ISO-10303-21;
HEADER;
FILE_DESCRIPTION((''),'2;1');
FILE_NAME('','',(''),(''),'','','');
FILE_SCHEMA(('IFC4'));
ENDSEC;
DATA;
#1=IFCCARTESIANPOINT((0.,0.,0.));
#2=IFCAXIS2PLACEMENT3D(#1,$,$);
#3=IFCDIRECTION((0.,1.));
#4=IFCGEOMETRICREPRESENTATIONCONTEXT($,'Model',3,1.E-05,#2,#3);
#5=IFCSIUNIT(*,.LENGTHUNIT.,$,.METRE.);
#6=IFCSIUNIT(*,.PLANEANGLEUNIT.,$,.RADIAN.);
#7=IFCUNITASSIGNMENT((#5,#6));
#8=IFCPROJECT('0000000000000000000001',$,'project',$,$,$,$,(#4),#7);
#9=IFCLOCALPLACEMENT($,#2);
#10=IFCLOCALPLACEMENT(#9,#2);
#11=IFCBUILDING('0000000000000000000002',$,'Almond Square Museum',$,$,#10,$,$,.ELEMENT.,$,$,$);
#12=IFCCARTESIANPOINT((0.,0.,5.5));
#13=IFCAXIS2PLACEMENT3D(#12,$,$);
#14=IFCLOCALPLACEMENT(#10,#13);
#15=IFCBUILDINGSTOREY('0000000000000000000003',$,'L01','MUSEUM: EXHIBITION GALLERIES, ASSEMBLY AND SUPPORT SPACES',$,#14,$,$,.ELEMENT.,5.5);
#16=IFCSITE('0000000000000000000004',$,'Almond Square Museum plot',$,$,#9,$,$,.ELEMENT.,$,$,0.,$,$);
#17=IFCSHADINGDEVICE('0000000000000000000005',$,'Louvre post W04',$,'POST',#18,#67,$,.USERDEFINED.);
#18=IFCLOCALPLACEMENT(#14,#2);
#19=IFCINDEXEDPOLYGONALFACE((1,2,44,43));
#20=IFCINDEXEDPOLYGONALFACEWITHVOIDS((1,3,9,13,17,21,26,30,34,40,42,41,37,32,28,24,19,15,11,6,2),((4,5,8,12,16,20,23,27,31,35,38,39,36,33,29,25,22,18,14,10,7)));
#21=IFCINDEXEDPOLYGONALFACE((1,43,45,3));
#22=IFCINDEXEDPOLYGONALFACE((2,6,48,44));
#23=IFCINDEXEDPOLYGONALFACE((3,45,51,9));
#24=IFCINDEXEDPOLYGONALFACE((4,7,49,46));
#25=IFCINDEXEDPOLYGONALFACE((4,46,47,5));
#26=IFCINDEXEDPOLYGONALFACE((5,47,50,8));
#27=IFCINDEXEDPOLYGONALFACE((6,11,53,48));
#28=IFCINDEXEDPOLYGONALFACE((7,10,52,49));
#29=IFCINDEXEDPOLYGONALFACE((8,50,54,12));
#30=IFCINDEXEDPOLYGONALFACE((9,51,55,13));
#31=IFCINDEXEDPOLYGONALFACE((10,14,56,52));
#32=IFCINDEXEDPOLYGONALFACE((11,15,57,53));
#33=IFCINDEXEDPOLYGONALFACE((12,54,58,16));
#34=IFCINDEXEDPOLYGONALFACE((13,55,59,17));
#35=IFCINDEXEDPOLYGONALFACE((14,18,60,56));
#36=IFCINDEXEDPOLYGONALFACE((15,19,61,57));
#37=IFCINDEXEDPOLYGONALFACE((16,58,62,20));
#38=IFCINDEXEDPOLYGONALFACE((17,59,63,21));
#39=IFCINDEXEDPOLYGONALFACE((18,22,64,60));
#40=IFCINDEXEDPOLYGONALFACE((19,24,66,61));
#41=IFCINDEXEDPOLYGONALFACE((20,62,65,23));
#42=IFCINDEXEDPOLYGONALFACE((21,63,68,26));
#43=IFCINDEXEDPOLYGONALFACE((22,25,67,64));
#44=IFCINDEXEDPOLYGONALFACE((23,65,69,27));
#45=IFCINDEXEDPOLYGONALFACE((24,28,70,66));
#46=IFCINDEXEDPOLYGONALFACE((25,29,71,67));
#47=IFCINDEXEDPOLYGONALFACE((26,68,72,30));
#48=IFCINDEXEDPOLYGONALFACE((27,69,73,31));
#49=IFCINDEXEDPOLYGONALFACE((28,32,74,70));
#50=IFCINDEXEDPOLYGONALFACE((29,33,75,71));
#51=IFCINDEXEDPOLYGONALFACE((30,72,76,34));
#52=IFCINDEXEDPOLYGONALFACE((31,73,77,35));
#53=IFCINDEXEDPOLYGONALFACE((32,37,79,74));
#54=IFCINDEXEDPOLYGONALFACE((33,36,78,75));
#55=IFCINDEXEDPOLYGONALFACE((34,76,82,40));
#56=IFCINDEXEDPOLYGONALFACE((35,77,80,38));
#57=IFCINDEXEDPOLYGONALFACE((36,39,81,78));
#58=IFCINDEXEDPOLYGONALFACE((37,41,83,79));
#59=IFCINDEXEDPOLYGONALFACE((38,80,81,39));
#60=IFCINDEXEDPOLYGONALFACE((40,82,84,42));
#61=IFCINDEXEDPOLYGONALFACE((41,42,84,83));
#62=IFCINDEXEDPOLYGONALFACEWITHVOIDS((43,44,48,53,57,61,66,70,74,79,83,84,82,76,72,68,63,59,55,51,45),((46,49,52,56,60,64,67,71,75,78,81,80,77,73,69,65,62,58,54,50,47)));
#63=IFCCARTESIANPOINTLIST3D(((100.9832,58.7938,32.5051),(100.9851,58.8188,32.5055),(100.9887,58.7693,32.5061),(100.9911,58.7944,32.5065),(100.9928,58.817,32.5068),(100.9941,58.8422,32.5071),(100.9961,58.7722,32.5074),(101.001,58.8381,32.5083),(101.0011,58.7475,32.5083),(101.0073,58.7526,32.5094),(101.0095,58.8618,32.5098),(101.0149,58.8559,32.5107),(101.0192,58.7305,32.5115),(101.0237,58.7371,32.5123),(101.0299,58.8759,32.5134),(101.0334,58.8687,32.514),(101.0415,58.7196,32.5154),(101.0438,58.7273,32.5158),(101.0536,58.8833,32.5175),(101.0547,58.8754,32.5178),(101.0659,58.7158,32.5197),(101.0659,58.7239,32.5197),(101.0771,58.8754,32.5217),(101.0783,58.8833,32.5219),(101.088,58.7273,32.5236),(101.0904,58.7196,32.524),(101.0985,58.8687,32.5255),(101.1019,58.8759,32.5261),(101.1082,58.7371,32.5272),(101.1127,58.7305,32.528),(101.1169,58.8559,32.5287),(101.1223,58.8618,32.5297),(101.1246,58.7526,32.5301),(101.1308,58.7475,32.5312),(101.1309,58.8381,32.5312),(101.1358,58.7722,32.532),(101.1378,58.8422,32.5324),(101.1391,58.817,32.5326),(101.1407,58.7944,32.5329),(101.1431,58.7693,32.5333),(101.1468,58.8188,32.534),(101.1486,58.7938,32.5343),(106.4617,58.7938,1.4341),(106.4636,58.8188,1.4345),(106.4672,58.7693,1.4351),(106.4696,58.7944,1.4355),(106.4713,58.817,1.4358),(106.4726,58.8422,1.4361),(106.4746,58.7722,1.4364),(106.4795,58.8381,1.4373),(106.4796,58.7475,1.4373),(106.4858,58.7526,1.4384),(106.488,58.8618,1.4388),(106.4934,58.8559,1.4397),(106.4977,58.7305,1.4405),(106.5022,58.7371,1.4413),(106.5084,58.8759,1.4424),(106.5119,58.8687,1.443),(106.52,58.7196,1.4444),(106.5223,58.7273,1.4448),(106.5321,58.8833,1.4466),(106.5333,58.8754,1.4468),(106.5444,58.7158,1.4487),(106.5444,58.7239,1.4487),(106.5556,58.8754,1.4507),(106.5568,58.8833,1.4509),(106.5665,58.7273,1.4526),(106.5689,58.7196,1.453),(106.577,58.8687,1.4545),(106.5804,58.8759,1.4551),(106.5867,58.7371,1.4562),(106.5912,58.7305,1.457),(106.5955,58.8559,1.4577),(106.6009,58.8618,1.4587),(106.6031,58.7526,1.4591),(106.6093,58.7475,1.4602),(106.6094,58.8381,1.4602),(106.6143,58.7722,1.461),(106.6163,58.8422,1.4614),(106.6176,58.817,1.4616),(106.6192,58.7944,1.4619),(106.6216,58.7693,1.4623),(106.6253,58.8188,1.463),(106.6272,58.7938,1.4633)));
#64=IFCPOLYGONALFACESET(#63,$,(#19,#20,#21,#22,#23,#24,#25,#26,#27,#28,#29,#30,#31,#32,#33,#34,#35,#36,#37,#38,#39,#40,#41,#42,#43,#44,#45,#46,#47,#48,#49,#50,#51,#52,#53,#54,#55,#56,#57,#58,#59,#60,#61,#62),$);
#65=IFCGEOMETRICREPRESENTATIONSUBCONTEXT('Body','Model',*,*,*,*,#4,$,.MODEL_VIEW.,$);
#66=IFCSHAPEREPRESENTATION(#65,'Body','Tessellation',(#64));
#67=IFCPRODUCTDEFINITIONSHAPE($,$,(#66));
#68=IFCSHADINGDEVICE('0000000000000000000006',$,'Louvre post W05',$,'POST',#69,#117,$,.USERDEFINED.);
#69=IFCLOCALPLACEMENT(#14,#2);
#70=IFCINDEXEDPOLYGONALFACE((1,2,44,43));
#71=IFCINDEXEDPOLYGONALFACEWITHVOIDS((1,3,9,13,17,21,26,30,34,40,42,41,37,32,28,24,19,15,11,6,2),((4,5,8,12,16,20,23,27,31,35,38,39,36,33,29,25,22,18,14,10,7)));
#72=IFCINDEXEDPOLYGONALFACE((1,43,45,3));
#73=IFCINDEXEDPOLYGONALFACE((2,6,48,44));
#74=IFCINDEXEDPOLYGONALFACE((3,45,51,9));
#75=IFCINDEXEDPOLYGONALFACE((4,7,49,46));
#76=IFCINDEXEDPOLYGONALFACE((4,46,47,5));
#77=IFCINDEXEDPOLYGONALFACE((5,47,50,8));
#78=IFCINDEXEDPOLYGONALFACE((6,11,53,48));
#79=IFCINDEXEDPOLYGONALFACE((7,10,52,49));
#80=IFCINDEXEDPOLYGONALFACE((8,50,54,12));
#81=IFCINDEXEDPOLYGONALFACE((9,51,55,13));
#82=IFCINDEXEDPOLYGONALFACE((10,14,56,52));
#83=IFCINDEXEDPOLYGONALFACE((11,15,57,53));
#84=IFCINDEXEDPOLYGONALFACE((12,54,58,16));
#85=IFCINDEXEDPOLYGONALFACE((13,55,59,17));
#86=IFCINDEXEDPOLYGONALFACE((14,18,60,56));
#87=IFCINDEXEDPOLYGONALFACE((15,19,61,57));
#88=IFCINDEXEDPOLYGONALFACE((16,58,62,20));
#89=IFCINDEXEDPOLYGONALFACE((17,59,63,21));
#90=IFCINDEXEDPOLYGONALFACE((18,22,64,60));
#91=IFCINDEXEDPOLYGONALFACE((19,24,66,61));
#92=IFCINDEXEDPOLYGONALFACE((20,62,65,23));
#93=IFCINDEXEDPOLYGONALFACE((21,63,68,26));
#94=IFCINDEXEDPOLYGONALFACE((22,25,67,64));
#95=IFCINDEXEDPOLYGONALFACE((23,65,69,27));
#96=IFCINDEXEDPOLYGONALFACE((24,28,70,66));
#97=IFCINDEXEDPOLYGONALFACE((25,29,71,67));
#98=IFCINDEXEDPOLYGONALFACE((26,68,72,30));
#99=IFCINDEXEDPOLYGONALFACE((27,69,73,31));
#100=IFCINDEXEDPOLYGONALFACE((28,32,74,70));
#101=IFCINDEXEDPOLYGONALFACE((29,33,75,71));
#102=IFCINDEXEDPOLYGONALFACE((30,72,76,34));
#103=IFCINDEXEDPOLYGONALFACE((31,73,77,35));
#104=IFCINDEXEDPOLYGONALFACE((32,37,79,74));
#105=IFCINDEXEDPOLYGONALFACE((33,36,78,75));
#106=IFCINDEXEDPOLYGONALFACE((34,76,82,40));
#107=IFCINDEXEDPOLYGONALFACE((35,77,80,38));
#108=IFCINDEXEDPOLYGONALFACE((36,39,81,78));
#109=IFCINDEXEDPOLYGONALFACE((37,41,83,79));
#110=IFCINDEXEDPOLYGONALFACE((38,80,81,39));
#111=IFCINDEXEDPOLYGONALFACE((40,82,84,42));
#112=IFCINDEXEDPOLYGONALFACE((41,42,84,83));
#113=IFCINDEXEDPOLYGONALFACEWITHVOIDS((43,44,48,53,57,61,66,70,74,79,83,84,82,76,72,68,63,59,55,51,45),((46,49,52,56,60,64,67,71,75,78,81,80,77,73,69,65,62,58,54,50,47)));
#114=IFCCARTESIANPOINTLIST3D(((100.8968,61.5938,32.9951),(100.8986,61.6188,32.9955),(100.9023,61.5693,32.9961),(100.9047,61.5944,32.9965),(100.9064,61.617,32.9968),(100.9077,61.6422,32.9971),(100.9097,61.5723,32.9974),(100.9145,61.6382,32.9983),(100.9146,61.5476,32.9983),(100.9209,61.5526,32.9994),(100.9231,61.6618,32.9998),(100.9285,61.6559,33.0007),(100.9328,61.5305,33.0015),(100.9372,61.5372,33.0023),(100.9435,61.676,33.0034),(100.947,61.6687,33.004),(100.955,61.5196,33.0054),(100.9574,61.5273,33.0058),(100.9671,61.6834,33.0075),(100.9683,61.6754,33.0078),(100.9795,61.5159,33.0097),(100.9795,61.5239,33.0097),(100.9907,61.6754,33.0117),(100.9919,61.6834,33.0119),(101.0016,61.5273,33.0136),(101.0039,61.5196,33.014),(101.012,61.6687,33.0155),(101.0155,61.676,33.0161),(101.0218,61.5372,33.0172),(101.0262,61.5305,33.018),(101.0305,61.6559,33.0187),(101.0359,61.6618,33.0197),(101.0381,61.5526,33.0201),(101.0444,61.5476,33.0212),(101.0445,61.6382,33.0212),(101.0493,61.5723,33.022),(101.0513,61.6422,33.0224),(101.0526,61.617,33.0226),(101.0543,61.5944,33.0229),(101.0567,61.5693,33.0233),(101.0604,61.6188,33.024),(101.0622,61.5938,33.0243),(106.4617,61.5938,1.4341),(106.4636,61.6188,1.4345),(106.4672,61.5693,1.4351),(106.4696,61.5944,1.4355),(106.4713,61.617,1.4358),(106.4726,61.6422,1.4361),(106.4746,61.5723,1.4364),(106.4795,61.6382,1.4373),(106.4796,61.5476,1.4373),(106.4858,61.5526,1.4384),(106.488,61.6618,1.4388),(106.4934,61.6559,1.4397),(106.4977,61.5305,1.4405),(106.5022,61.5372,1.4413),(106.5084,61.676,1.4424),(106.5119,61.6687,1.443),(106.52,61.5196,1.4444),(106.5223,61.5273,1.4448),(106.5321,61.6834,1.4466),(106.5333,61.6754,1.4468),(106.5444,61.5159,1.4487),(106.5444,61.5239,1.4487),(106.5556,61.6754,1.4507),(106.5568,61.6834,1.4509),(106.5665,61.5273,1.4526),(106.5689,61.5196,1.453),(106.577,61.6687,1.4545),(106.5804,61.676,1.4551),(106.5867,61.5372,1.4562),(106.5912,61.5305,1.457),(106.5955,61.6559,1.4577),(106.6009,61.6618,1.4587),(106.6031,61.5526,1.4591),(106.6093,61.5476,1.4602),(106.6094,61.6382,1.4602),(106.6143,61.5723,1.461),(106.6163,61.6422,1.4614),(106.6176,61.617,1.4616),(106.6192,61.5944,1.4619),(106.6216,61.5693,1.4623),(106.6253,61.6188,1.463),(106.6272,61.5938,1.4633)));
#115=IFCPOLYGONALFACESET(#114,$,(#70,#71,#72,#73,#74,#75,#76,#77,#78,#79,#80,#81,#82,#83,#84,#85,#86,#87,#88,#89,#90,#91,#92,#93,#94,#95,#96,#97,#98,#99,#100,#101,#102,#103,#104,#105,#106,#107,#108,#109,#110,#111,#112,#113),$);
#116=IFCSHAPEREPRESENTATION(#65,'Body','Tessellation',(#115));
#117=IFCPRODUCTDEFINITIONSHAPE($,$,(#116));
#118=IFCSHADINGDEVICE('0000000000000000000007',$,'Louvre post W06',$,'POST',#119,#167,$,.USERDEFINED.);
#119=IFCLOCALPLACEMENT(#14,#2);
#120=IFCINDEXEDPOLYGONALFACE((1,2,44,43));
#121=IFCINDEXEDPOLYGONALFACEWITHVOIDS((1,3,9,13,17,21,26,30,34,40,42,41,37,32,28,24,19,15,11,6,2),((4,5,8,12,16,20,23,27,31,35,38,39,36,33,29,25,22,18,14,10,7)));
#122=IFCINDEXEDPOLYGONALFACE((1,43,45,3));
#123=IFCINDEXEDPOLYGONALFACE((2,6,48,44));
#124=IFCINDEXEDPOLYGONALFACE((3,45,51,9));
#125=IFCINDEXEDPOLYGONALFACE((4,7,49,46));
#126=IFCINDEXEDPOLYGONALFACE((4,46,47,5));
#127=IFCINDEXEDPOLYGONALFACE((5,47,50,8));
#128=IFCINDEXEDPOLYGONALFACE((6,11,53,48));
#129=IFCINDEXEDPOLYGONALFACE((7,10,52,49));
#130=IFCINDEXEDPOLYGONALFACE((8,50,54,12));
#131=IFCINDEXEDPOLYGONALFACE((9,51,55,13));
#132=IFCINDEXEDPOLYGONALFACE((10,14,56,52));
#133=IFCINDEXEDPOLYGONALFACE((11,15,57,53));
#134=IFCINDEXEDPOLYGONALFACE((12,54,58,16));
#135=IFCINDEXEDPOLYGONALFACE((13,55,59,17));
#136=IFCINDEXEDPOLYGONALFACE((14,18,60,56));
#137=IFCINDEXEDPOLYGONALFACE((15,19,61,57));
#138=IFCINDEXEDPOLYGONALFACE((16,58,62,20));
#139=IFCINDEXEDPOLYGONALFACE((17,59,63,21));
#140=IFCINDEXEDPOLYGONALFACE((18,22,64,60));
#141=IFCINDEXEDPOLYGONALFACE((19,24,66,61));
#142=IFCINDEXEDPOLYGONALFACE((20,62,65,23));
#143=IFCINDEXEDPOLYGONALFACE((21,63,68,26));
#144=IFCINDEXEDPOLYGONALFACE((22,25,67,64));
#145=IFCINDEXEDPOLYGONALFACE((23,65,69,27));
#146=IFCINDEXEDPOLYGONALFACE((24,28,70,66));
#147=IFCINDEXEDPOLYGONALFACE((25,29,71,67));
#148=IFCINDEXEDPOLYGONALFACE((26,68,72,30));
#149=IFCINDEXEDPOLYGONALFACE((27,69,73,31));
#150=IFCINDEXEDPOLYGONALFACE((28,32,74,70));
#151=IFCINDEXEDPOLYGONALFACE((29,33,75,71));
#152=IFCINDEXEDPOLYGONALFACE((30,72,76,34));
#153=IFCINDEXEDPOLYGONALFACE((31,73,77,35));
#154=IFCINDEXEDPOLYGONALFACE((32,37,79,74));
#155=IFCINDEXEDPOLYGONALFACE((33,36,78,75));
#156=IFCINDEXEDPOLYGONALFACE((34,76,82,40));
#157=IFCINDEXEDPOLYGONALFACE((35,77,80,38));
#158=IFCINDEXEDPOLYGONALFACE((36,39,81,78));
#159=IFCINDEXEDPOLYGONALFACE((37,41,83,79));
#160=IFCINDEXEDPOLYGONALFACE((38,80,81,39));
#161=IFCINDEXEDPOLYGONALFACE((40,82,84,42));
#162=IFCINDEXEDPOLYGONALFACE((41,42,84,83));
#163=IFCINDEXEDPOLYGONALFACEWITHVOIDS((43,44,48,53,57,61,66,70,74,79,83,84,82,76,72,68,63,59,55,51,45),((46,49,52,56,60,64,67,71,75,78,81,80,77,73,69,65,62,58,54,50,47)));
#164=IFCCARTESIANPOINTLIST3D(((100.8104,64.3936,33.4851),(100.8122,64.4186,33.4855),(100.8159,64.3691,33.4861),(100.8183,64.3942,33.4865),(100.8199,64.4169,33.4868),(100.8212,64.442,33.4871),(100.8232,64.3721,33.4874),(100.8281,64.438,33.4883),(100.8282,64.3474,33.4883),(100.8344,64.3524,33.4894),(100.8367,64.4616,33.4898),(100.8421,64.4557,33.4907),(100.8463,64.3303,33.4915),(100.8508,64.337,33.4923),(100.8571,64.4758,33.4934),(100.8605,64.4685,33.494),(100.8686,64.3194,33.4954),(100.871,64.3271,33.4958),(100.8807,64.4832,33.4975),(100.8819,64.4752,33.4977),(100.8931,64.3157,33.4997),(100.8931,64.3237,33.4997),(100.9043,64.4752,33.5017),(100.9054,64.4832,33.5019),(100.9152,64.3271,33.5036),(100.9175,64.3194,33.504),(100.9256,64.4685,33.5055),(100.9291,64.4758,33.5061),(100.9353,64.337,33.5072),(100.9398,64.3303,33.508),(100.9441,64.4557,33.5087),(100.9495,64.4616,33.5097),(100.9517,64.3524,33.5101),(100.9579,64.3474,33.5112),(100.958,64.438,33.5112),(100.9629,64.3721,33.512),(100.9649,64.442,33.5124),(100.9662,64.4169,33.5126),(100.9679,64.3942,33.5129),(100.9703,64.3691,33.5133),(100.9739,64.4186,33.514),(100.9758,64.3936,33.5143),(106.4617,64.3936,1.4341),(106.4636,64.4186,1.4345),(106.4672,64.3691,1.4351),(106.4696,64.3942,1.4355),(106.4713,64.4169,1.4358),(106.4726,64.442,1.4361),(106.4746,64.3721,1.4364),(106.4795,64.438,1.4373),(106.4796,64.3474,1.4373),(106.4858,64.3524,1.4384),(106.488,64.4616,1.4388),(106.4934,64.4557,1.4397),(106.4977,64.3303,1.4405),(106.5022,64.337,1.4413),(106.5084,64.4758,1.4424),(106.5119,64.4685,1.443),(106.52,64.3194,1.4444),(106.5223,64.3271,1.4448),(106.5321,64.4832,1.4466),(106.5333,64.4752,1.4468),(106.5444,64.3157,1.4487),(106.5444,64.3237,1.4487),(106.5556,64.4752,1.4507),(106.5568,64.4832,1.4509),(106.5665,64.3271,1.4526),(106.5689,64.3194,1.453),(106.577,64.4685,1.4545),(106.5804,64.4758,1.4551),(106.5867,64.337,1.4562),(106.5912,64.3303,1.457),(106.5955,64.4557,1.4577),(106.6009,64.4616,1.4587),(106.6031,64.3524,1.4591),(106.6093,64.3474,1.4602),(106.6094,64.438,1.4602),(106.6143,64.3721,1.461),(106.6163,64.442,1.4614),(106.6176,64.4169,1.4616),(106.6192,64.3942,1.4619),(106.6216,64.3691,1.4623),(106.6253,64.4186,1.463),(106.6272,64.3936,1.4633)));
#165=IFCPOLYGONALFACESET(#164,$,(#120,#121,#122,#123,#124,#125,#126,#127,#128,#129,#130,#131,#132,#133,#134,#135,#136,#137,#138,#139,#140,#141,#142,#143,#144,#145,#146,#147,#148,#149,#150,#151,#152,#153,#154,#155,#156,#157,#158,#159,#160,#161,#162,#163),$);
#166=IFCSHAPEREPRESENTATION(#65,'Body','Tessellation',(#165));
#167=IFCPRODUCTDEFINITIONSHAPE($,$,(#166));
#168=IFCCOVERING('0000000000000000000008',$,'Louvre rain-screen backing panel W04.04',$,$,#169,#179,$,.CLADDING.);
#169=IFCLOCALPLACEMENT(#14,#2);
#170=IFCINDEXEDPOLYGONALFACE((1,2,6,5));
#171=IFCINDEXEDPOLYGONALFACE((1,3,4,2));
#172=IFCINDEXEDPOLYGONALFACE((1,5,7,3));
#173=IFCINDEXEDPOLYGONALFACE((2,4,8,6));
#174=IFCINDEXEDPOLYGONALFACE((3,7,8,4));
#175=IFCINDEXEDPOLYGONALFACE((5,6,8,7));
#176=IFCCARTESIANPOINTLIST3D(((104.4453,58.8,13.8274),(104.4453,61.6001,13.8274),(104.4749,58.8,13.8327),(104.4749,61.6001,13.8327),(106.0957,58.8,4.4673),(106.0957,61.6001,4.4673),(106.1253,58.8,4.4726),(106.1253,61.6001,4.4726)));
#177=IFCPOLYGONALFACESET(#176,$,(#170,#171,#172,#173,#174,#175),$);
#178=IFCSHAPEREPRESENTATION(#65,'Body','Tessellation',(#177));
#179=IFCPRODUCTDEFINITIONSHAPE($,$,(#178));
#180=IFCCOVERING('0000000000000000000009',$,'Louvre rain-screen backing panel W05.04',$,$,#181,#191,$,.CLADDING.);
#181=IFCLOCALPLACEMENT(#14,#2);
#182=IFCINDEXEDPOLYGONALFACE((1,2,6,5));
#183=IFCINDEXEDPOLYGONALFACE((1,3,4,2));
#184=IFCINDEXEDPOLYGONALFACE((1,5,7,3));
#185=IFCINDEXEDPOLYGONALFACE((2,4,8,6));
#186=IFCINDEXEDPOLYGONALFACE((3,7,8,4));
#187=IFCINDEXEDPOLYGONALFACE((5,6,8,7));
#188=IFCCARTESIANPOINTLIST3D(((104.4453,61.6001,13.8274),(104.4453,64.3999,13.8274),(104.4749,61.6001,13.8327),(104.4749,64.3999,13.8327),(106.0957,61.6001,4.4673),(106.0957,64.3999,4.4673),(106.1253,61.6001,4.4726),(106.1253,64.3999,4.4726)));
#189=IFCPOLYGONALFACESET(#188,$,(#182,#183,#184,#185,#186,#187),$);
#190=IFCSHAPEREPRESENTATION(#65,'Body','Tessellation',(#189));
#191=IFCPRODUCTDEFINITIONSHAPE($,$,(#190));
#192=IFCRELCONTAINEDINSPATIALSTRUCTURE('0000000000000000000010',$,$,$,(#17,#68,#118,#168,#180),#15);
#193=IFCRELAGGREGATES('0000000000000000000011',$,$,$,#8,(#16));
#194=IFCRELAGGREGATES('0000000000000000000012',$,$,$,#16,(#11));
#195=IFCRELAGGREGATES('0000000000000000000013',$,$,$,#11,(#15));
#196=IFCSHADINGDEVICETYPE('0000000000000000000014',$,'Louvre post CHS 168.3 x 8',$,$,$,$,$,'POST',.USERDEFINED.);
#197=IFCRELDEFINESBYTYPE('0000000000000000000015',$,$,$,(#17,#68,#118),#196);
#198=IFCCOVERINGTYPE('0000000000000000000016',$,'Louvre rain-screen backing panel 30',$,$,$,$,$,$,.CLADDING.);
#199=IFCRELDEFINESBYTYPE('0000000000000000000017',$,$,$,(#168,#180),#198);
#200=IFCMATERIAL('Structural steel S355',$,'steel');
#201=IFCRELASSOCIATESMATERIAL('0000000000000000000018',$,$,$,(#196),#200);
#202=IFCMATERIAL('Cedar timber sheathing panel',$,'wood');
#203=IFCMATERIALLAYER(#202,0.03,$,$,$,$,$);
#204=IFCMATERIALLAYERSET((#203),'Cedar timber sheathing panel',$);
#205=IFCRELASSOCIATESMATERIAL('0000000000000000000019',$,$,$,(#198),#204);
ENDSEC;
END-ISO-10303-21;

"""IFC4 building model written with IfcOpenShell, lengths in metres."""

from ifc_helpers import new_model, si_unit, direction, frame, origin, origin_2d, place, context, subcontext, project, spatial, polyline, hollow_circle, outline, extrude, material, layer, layer_set, material_profile, profile_set, type_object, element, save


model = new_model("IFC4")

# Units and contexts
model_context = context("Model", 3, precision=1e-05, world=origin(), true_north=direction((0.0, 1.0)))
body_context = subcontext(model_context, "Body", "Model", "MODEL_VIEW")
ifc_project = project(units=[si_unit("LENGTHUNIT", "METRE"), si_unit("PLANEANGLEUNIT", "RADIAN")], contexts=[model_context])

# Site, building, storey
site_placement = place(None, origin())
site = spatial("IfcSite", under=ifc_project, at=site_placement, Name="Almond Square Museum plot", CompositionType="ELEMENT", RefElevation=0.0)
building_placement = place(site_placement, origin())
building = spatial("IfcBuilding", under=site, at=building_placement, Name="Almond Square Museum", CompositionType="ELEMENT")
storey_placement = place(building_placement, frame((0.0, 0.0, 5.5)))
storey = spatial("IfcBuildingStorey", under=building, at=storey_placement, Name="L01", Description="MUSEUM: EXHIBITION GALLERIES, ASSEMBLY AND SUPPORT SPACES", CompositionType="ELEMENT", Elevation=5.5)

# Shading devices
ifc_material_1 = material(Name="Structural steel S355", Category="steel")
ifc_material_profile_1 = material_profile(ifc_material_1, hollow_circle(Radius=0.0842, WallThickness=0.0081, at=origin_2d()))
ifc_profile_set_1 = profile_set([ifc_material_profile_1], Name="Structural steel S355")
shading_device_type = type_object("IfcShadingDeviceType", Name="Louvre post CHS 168.3 x 8", ElementType="POST", PredefinedType="USERDEFINED", material=ifc_profile_set_1)
shading_device_1_placement = place(storey_placement, frame((106.5444, 58.8, 1.4487), z_axis=(-0.173644, 0.0, 0.984809), x_axis=(0.0, -1.0, 0.0)))
element("IfcShadingDevice", 1, at=shading_device_1_placement, inside=storey, type_object=shading_device_type, Name="Louvre post W04", ObjectType="POST", PredefinedType="USERDEFINED", context=body_context, shape_type="SweptSolid", body=[
    extrude(hollow_circle(Radius=0.0842, WallThickness=0.0081, at=origin_2d()), origin(), (0.0, 0.0, 1.0), 31.5503),
])
shading_device_2_placement = place(storey_placement, frame((106.5444, 61.6001, 1.4487), z_axis=(-0.173645, 0.0, 0.984808), x_axis=(0.0, -1.0, 0.0)))
element("IfcShadingDevice", 2, at=shading_device_2_placement, inside=storey, type_object=shading_device_type, Name="Louvre post W05", ObjectType="POST", PredefinedType="USERDEFINED", context=body_context, shape_type="SweptSolid", body=[
    extrude(hollow_circle(Radius=0.0842, WallThickness=0.0081, at=origin_2d()), origin(), (0.0, 0.0, 1.0), 32.0479),
])
shading_device_3_placement = place(storey_placement, frame((106.5444, 64.3999, 1.4487), z_axis=(-0.173645, 0.0, 0.984808), x_axis=(0.0, -1.0, 0.0)))
element("IfcShadingDevice", 3, at=shading_device_3_placement, inside=storey, type_object=shading_device_type, Name="Louvre post W06", ObjectType="POST", PredefinedType="USERDEFINED", context=body_context, shape_type="SweptSolid", body=[
    extrude(hollow_circle(Radius=0.0842, WallThickness=0.0081, at=origin_2d()), origin(), (0.0, 0.0, 1.0), 32.5454),
])

# Coverings
ifc_material_2 = material(Name="Cedar timber sheathing panel", Category="wood")
ifc_layer_1 = layer(ifc_material_2, 0.03)
ifc_layer_set_1 = layer_set([ifc_layer_1], Name="Cedar timber sheathing panel")
covering_type_1 = type_object("IfcCoveringType", Name="Louvre rain-screen backing panel 30", PredefinedType="CLADDING", material=ifc_layer_set_1)
covering_1_placement = place(storey_placement, frame((106.1106, 58.8, 4.47), z_axis=(0.984809, 0.0, 0.173643), x_axis=(0.0, 1.0, 0.0)))
element("IfcCovering", 4, at=covering_1_placement, inside=storey, type_object=covering_type_1, Name="Louvre rain-screen backing panel W04.04", PredefinedType="CLADDING", context=body_context, shape_type="SweptSolid", body=[
    extrude(outline(polyline([(0.0, 0.0), (2.8, 0.0), (2.8, 9.5045), (0.0, 9.5045), (0.0, 0.0)])), frame((0.0, 0.0, -0.0151)), (0.0, 0.0, 1.0), 0.03),
])
covering_2_placement = place(storey_placement, frame((106.1106, 61.6001, 4.47), z_axis=(0.984809, 0.0, 0.173643), x_axis=(0.0, 1.0, 0.0)))
element("IfcCovering", 5, at=covering_2_placement, inside=storey, type_object=covering_type_1, Name="Louvre rain-screen backing panel W05.04", PredefinedType="CLADDING", context=body_context, shape_type="SweptSolid", body=[
    extrude(outline(polyline([(0.0, 0.0), (2.7998, 0.0), (2.7998, 9.5045), (0.0, 9.5045), (0.0, 0.0)])), frame((0.0, 0.0, -0.0151)), (0.0, 0.0, 1.0), 0.03),
])

save(model, "model.ifc")
